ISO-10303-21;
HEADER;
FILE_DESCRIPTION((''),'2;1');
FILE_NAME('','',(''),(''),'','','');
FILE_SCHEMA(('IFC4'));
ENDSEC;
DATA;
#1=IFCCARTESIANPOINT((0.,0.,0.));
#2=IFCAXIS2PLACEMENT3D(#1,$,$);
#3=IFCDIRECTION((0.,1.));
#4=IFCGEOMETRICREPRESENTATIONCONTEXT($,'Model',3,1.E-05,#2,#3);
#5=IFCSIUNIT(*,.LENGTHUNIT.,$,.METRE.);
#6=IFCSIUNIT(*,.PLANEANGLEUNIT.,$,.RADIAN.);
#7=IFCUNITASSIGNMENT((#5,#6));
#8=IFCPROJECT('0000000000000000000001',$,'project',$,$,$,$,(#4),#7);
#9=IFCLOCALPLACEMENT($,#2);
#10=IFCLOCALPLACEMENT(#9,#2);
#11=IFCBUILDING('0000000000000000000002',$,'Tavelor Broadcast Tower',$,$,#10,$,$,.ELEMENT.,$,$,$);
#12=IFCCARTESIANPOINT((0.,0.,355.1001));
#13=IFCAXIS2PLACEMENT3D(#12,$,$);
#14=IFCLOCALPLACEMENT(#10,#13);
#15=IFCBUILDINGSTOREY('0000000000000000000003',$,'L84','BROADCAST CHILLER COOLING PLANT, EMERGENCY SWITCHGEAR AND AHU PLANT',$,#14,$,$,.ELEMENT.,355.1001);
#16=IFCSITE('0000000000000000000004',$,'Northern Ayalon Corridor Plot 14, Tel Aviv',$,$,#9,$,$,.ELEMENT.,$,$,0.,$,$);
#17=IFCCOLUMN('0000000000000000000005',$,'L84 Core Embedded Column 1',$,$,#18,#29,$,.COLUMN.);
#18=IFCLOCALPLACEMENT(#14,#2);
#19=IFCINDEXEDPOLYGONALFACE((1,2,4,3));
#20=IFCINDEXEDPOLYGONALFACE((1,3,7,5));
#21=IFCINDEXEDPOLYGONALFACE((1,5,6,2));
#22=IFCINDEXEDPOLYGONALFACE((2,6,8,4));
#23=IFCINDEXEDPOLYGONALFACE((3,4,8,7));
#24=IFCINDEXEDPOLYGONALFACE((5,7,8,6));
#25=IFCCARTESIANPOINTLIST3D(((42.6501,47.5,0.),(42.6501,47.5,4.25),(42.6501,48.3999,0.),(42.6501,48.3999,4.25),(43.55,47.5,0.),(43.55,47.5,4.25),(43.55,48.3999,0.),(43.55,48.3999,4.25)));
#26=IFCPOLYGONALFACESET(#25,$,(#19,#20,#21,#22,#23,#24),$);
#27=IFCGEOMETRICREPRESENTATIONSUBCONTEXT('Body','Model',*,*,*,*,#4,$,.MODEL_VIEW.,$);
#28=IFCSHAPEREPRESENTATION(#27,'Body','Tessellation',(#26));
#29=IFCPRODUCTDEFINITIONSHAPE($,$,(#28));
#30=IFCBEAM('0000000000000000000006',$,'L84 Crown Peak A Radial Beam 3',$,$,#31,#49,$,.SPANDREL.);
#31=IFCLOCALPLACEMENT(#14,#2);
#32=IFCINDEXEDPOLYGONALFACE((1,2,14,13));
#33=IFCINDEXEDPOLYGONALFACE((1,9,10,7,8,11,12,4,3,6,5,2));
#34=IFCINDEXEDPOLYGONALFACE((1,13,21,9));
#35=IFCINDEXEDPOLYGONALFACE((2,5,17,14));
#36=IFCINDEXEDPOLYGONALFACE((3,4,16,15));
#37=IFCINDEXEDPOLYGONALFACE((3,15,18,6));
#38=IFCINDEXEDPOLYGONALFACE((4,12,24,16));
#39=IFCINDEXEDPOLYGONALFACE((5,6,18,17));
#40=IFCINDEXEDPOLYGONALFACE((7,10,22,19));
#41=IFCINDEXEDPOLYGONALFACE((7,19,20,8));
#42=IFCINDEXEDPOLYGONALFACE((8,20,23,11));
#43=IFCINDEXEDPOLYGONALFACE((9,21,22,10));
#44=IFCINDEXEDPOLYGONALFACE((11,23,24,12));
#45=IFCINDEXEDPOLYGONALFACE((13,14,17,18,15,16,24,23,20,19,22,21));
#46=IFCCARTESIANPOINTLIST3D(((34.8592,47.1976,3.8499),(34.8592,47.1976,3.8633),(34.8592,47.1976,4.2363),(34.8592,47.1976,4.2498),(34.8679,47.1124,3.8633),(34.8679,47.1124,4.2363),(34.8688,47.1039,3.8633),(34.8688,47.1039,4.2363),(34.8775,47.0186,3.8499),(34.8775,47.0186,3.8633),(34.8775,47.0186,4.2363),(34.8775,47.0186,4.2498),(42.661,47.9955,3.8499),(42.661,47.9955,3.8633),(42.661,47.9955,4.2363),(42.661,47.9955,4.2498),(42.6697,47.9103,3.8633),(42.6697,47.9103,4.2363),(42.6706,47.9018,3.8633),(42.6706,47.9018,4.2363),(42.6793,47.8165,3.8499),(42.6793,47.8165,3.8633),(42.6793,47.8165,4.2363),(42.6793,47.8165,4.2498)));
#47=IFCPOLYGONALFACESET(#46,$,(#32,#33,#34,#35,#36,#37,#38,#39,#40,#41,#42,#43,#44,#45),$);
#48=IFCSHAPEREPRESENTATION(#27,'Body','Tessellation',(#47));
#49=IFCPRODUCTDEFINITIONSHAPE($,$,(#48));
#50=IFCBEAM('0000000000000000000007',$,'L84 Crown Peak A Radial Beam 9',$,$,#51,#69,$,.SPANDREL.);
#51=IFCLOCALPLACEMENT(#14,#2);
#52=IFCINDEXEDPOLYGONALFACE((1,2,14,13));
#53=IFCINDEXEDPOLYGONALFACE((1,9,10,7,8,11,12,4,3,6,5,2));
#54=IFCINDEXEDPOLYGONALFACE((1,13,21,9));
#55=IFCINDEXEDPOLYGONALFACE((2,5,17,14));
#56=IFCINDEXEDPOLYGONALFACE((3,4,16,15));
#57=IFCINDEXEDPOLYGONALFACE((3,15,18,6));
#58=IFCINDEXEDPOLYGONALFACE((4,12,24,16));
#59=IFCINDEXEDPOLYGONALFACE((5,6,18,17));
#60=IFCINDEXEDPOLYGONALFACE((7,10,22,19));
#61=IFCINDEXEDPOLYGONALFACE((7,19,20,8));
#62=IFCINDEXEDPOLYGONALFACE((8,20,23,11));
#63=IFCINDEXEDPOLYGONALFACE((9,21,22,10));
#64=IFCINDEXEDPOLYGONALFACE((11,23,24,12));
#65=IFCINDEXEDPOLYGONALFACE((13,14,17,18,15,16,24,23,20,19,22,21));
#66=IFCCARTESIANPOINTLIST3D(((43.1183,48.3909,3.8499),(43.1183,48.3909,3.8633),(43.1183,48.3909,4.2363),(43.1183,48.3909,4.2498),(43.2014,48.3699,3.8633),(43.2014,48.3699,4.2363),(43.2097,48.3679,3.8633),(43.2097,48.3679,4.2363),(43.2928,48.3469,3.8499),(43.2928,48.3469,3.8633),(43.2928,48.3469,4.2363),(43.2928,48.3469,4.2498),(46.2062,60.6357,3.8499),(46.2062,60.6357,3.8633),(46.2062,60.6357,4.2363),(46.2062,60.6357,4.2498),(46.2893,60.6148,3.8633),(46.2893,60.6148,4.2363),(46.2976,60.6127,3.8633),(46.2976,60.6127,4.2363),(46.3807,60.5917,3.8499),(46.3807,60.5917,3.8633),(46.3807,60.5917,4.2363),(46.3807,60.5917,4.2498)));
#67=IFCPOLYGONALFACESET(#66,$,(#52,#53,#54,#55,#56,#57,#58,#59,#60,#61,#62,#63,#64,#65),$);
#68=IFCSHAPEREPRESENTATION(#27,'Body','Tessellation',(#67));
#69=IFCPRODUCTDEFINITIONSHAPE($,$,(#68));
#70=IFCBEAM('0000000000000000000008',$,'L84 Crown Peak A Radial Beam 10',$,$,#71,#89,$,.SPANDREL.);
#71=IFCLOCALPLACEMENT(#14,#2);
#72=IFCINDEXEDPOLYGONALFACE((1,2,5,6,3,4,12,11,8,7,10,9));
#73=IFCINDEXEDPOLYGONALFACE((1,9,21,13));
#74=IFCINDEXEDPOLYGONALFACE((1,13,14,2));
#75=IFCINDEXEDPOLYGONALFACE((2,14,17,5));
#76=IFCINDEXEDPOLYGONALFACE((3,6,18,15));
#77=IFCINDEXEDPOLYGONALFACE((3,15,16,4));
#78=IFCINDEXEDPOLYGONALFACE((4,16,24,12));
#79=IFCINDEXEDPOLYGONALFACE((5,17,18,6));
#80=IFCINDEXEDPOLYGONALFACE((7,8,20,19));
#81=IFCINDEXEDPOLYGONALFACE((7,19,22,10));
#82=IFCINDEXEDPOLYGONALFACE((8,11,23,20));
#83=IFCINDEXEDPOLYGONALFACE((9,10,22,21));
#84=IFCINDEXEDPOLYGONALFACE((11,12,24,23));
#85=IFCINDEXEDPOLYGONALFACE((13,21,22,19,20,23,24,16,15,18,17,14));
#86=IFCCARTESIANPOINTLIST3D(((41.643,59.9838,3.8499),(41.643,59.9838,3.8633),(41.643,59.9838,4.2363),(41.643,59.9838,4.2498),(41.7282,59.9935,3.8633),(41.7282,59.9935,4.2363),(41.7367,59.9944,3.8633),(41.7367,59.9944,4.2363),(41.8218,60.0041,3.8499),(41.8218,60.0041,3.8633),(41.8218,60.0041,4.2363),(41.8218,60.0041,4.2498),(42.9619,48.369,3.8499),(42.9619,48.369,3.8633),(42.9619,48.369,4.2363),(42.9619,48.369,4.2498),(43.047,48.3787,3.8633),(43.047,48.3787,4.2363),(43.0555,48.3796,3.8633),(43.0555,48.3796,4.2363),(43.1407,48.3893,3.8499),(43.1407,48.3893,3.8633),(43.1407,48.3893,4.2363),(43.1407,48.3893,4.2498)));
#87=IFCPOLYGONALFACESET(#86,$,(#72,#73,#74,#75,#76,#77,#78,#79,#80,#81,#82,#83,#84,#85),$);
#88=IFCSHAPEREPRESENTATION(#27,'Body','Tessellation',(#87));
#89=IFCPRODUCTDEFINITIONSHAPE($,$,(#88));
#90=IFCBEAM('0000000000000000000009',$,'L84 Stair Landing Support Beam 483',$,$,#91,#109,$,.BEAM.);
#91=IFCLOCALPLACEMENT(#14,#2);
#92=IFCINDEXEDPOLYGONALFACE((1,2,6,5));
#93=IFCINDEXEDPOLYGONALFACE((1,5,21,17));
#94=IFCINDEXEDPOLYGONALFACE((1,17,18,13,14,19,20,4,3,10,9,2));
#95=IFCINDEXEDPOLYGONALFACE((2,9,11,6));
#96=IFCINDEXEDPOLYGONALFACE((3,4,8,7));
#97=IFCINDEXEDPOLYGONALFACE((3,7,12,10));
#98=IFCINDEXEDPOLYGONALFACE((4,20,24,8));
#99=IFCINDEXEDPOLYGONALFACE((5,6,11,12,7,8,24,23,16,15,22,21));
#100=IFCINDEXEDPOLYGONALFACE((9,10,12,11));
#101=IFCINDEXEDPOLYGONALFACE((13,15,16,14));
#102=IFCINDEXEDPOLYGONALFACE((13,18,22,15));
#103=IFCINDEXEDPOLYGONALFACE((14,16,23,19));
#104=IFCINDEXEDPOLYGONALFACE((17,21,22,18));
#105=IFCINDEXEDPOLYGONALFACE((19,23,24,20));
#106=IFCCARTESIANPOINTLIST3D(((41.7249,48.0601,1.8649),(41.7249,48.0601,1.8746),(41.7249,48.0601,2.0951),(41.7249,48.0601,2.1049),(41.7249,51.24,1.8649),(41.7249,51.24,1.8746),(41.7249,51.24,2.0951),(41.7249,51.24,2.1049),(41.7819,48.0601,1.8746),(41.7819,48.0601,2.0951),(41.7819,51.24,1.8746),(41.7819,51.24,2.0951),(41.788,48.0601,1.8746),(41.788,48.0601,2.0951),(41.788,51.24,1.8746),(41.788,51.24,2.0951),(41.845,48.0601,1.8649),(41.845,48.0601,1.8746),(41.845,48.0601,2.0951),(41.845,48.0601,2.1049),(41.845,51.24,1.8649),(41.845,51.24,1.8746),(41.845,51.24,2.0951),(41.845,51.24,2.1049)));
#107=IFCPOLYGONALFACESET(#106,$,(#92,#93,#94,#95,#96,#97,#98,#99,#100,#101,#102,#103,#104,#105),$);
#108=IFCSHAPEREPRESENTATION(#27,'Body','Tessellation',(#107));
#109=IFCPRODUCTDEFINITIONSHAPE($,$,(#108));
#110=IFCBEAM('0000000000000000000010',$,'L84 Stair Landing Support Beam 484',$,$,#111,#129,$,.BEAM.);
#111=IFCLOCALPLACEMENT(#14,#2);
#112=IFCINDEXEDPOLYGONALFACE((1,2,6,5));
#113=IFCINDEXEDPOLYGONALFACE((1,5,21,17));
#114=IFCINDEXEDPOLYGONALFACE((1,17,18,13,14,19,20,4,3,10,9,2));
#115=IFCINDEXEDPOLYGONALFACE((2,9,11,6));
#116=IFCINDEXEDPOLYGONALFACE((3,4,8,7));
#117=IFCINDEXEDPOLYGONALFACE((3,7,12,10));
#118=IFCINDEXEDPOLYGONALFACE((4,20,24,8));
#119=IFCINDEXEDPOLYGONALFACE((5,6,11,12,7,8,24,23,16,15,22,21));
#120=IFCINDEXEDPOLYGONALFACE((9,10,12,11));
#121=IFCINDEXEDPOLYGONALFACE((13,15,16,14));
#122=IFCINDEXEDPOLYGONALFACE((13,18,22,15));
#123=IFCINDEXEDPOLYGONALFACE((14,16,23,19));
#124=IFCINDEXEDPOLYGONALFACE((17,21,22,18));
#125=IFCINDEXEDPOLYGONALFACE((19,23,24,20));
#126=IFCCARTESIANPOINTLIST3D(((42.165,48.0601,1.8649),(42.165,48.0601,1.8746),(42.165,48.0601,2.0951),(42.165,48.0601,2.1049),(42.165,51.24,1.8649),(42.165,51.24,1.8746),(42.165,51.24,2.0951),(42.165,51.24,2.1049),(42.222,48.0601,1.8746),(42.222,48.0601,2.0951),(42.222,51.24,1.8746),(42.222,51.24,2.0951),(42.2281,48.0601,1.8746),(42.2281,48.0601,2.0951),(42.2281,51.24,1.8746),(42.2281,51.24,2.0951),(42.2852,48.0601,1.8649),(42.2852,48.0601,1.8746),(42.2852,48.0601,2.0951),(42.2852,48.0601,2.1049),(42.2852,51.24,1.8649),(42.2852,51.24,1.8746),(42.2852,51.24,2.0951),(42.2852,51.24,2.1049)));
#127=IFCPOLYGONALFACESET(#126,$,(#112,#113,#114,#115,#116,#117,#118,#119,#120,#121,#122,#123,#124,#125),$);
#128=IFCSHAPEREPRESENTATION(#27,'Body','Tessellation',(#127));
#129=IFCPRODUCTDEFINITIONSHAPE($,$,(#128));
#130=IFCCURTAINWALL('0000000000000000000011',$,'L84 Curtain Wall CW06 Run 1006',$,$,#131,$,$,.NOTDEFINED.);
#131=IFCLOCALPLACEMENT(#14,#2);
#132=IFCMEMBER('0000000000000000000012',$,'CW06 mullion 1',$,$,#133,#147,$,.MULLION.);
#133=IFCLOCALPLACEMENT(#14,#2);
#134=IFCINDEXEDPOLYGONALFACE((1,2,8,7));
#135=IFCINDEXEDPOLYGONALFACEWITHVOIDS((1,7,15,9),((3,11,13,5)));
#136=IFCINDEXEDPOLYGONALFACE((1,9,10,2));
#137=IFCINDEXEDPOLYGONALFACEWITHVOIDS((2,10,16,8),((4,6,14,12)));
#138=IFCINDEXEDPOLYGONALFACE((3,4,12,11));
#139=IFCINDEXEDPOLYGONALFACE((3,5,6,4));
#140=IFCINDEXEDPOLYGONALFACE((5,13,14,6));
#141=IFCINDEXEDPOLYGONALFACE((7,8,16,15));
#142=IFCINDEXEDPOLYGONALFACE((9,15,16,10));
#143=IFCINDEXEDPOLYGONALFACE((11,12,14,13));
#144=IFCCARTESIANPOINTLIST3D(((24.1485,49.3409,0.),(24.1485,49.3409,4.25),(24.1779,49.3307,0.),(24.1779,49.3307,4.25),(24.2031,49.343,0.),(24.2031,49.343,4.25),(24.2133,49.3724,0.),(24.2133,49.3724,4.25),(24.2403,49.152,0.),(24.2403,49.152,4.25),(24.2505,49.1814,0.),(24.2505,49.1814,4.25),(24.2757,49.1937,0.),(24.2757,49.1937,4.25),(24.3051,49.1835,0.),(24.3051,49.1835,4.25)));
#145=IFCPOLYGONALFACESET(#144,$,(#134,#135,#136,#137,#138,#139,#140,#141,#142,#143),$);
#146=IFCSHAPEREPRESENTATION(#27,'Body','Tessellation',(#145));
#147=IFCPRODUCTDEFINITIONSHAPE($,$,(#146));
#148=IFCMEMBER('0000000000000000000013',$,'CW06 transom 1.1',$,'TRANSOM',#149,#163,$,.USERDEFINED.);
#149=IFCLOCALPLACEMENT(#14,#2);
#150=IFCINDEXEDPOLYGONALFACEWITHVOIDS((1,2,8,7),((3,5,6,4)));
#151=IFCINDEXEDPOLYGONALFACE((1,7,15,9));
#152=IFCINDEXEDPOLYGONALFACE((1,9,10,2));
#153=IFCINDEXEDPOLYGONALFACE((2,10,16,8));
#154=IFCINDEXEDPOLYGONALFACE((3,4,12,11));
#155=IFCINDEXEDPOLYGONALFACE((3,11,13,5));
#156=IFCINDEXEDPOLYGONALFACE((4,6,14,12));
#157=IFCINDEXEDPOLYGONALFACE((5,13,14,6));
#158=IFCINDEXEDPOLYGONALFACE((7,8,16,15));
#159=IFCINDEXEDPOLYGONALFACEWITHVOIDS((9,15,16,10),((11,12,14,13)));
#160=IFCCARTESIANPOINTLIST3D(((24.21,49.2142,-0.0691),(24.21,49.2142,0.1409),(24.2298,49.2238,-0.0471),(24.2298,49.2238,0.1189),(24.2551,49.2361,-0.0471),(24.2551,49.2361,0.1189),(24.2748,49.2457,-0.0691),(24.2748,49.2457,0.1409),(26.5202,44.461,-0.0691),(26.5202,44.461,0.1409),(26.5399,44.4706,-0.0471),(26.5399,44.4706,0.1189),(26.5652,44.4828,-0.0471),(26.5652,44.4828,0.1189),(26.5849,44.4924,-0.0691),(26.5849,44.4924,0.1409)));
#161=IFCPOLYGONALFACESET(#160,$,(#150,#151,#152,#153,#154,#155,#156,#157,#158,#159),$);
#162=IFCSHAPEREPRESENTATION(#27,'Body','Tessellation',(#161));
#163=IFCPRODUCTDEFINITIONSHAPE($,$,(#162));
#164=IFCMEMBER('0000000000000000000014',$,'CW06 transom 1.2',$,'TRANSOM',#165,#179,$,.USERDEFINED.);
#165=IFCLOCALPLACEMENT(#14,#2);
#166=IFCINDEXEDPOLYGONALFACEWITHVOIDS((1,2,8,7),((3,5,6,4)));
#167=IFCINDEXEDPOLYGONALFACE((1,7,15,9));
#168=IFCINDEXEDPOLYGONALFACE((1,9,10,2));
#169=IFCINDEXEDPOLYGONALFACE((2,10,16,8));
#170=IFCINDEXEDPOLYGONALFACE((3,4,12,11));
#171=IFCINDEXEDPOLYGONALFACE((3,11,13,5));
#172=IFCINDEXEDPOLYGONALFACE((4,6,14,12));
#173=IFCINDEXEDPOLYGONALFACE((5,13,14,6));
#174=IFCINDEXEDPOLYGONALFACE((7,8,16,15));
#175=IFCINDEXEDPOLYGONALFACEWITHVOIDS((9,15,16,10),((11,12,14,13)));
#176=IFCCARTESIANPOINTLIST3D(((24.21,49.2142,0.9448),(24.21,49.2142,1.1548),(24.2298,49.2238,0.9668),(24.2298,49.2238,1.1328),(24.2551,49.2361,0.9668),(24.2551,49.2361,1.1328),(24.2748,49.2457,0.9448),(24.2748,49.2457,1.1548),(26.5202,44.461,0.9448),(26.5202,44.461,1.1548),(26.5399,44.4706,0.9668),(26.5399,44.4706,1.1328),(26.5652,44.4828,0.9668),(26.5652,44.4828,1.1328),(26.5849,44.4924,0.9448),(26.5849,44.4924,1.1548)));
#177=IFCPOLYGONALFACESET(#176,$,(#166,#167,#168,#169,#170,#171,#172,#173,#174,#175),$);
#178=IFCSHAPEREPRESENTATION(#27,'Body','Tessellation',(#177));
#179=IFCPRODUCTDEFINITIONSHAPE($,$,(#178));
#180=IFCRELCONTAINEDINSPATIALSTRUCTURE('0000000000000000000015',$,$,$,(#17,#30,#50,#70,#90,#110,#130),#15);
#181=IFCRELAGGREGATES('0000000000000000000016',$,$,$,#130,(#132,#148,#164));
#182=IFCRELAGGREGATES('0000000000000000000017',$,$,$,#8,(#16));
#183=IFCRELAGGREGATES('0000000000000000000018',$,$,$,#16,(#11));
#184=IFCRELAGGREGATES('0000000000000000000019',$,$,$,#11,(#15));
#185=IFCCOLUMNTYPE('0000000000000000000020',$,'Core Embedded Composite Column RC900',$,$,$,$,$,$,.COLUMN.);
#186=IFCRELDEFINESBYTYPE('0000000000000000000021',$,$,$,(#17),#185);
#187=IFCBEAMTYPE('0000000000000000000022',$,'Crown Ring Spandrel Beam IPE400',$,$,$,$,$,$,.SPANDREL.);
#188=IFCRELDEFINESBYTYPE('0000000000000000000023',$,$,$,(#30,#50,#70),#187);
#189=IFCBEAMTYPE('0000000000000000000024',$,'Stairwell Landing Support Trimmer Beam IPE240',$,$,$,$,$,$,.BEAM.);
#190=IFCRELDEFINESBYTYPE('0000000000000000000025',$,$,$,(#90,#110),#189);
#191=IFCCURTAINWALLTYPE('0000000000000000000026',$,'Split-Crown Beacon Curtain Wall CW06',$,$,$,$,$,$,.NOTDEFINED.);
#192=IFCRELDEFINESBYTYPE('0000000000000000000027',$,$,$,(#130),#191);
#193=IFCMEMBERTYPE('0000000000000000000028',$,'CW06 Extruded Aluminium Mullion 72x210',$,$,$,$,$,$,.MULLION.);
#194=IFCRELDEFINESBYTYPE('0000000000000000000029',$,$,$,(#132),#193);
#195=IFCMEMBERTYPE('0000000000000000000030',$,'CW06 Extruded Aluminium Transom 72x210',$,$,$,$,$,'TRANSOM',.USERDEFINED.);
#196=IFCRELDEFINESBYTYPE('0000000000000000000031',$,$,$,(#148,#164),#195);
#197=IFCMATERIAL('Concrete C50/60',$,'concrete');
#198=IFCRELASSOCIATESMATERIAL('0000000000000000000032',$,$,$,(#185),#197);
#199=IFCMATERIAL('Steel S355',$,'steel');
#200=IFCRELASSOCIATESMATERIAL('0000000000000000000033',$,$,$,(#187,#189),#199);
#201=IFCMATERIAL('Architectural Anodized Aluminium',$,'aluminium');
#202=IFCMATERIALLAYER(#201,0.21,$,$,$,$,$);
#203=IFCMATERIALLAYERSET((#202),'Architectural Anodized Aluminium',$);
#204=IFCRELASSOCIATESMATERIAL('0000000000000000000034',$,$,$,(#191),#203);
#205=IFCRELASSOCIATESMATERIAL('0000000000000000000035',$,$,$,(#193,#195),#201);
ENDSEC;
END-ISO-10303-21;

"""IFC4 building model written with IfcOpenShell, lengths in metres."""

from ifc_helpers import new_model, si_unit, direction, frame, origin, origin_2d, place, context, subcontext, project, spatial, rectangle, hollow_rectangle, i_section, extrude, source, transform, mapped, material, layer, layer_set, material_profile, profile_set, type_object, type_shapes, element, aggregate, save


model = new_model("IFC4")

# Units and contexts
model_context = context("Model", 3, precision=1e-05, world=origin(), true_north=direction((0.0, 1.0)))
body_context = subcontext(model_context, "Body", "Model", "MODEL_VIEW")
ifc_project = project(units=[si_unit("LENGTHUNIT", "METRE"), si_unit("PLANEANGLEUNIT", "RADIAN")], contexts=[model_context])

# Site, building, storey
site_placement = place(None, origin())
site = spatial("IfcSite", under=ifc_project, at=site_placement, Name="Northern Ayalon Corridor Plot 14, Tel Aviv", CompositionType="ELEMENT", RefElevation=0.0)
building_placement = place(site_placement, origin())
building = spatial("IfcBuilding", under=site, at=building_placement, Name="Tavelor Broadcast Tower", CompositionType="ELEMENT")
storey_placement = place(building_placement, frame((0.0, 0.0, 355.1001)))
storey = spatial("IfcBuildingStorey", under=building, at=storey_placement, Name="L84", Description="BROADCAST CHILLER COOLING PLANT, EMERGENCY SWITCHGEAR AND AHU PLANT", CompositionType="ELEMENT", Elevation=355.1001)

# Column
ifc_material_1 = material(Name="Concrete C50/60", Category="concrete")
ifc_material_profile_1 = material_profile(ifc_material_1, rectangle(XDim=0.8999, YDim=0.8999, at=origin_2d()), Name="RC 900x900")
ifc_profile_set_1 = profile_set([ifc_material_profile_1], Name="Concrete C50/60")
column_type = type_object("IfcColumnType", Name="Core Embedded Composite Column RC900", PredefinedType="COLUMN", material=ifc_profile_set_1)
column_placement = place(storey_placement, frame((43.1001, 47.95, 0.0), z_axis=(0.0, 0.0, 1.0), x_axis=(1.0, 0.0, 0.0)))
element("IfcColumn", 1, at=column_placement, inside=storey, type_object=column_type, Name="L84 Core Embedded Column 1", PredefinedType="COLUMN", context=body_context, shape_type="SweptSolid", body=[
    extrude(rectangle(XDim=0.8999, YDim=0.8999, at=origin_2d()), origin(), (0.0, 0.0, 1.0), 4.25),
])

# Beams
ifc_material_2 = material(Name="Steel S355", Category="steel")
ifc_material_profile_2 = material_profile(ifc_material_2, i_section(OverallWidth=0.1799, OverallDepth=0.3999, WebThickness=0.0085, FlangeThickness=0.0134, at=origin_2d()), Name="IPE 400")
ifc_profile_set_2 = profile_set([ifc_material_profile_2], Name="Steel S355")
beam_type_1 = type_object("IfcBeamType", Name="Crown Ring Spandrel Beam IPE400", PredefinedType="SPANDREL", material=ifc_profile_set_2)
beam_1_placement = place(storey_placement, frame((42.6702, 47.906, 4.0498), z_axis=(-0.994812, -0.101735, 0.0), x_axis=(0.101735, -0.994812, 0.0)))
element("IfcBeam", 2, at=beam_1_placement, inside=storey, type_object=beam_type_1, Name="L84 Crown Peak A Radial Beam 3", PredefinedType="SPANDREL", context=body_context, shape_type="SweptSolid", body=[
    extrude(i_section(OverallWidth=0.1799, OverallDepth=0.3999, WebThickness=0.0085, FlangeThickness=0.0134, at=origin_2d()), origin(), (0.0, 0.0, 1.0), 7.8425),
])
beam_2_placement = place(storey_placement, frame((43.2056, 48.3689, 4.0498), z_axis=(0.244523, 0.969643, 0.0), x_axis=(-0.969643, 0.244523, 0.0)))
element("IfcBeam", 3, at=beam_2_placement, inside=storey, type_object=beam_type_1, Name="L84 Crown Peak A Radial Beam 9", PredefinedType="SPANDREL", context=body_context, shape_type="SweptSolid", body=[
    extrude(i_section(OverallWidth=0.1799, OverallDepth=0.3999, WebThickness=0.0085, FlangeThickness=0.0134, at=origin_2d()), origin(), (0.0, 0.0, 1.0), 12.6282),
])
beam_3_placement = place(storey_placement, frame((43.0513, 48.3792, 4.0498), z_axis=(-0.112824, 0.993615, 0.0), x_axis=(-0.993615, -0.112824, 0.0)))
element("IfcBeam", 4, at=beam_3_placement, inside=storey, type_object=beam_type_1, Name="L84 Crown Peak A Radial Beam 10", PredefinedType="SPANDREL", context=body_context, shape_type="SweptSolid", body=[
    extrude(i_section(OverallWidth=0.1799, OverallDepth=0.3999, WebThickness=0.0085, FlangeThickness=0.0134, at=origin_2d()), origin(), (0.0, 0.0, 1.0), 11.6895),
])
ifc_material_profile_3 = material_profile(ifc_material_2, i_section(OverallWidth=0.1201, OverallDepth=0.24, WebThickness=0.0061, FlangeThickness=0.0098, at=origin_2d()), Name="IPE 240")
ifc_profile_set_3 = profile_set([ifc_material_profile_3], Name="Steel S355")
beam_type_2 = type_object("IfcBeamType", Name="Stairwell Landing Support Trimmer Beam IPE240", PredefinedType="BEAM", material=ifc_profile_set_3)
for number, where, z_axis, x_axis, name in (
    (5, (41.7849, 48.0601, 1.9849), (0.0, 1.0, 0.0), (-1.0, 0.0, 0.0), "L84 Stair Landing Support Beam 483"),
    (6, (42.2251, 48.0601, 1.9849), (0.0, 1.0, 0.0), (-1.0, 0.0, 0.0), "L84 Stair Landing Support Beam 484"),
):
    element("IfcBeam", number, at=place(storey_placement, frame(where, z_axis=z_axis, x_axis=x_axis)), inside=storey, type_object=beam_type_2, Name=name, PredefinedType="BEAM", context=body_context, shape_type="SweptSolid", body=[
        extrude(i_section(OverallWidth=0.1201, OverallDepth=0.24, WebThickness=0.0061, FlangeThickness=0.0098, at=origin_2d()), origin(), (0.0, 0.0, 1.0), 3.1799),
    ])

# Curtain wall, members
ifc_material_3 = material(Name="Architectural Anodized Aluminium", Category="aluminium")
ifc_layer_1 = layer(ifc_material_3, 0.21)
ifc_layer_set_1 = layer_set([ifc_layer_1], Name="Architectural Anodized Aluminium")
curtain_wall_type = type_object("IfcCurtainWallType", Name="Split-Crown Beacon Curtain Wall CW06", PredefinedType="NOTDEFINED", material=ifc_layer_set_1)
curtain_wall_placement = place(storey_placement, origin())
curtain_wall = element("IfcCurtainWall", 7, at=curtain_wall_placement, inside=storey, type_object=curtain_wall_type, Name="L84 Curtain Wall CW06 Run 1006", PredefinedType="NOTDEFINED")
ifc_material_profile_4 = material_profile(ifc_material_3, hollow_rectangle(XDim=0.072, YDim=0.21, WallThickness=0.022, at=origin_2d()), Name="RHS 72x210x22")
ifc_profile_set_4 = profile_set([ifc_material_profile_4], Name="Architectural Anodized Aluminium")
member_type_1 = type_object("IfcMemberType", Name="CW06 Extruded Aluminium Mullion 72x210", PredefinedType="MULLION", material=ifc_profile_set_4)
shared_shape_1 = source(origin(), body_context, "Body", "SweptSolid", [
    extrude(hollow_rectangle(XDim=0.072, YDim=0.21, WallThickness=0.022, at=origin_2d()), origin(), (0.0, 0.0, 1.0), 4.25),
])
type_shapes(member_type_1, [shared_shape_1])
member_1_placement = place(storey_placement, frame((24.2268, 49.2622, 0.0), z_axis=(0.0, 0.0, 1.0), x_axis=(0.899407, 0.437113, 0.0)))
member_1 = element("IfcMember", 8, at=member_1_placement, type_object=member_type_1, Name="CW06 mullion 1", PredefinedType="MULLION", context=body_context, shape_type="MappedRepresentation", body=[
    mapped(shared_shape_1, transform((0.0, 0.0, 0.0), scale=1.0)),
])
ifc_material_profile_5 = material_profile(ifc_material_3, hollow_rectangle(XDim=0.072, YDim=0.21, WallThickness=0.022, at=origin_2d()), Name="RHS 72x210x22")
ifc_profile_set_5 = profile_set([ifc_material_profile_5], Name="Architectural Anodized Aluminium")
member_type_2 = type_object("IfcMemberType", Name="CW06 Extruded Aluminium Transom 72x210", ElementType="TRANSOM", PredefinedType="USERDEFINED", material=ifc_profile_set_5)
shared_shape_2 = source(origin(), body_context, "Body", "SweptSolid", [
    extrude(hollow_rectangle(XDim=0.072, YDim=0.21, WallThickness=0.022, at=origin_2d()), origin(), (0.0, 0.0, 1.0), 5.2849),
])
type_shapes(member_type_2, [shared_shape_2])
member_2_placement = place(storey_placement, frame((24.2424, 49.23, 0.0359), z_axis=(0.437114, -0.899406, 0.0), x_axis=(0.899406, 0.437114, 0.0)))
member_2 = element("IfcMember", 9, at=member_2_placement, type_object=member_type_2, Name="CW06 transom 1.1", ObjectType="TRANSOM", PredefinedType="USERDEFINED", context=body_context, shape_type="MappedRepresentation", body=[
    mapped(shared_shape_2, transform((0.0, 0.0, 0.0), scale=1.0)),
])
member_3_placement = place(storey_placement, frame((24.2424, 49.23, 1.0498), z_axis=(0.437114, -0.899406, 0.0), x_axis=(0.899406, 0.437114, 0.0)))
member_3 = element("IfcMember", 10, at=member_3_placement, type_object=member_type_2, Name="CW06 transom 1.2", ObjectType="TRANSOM", PredefinedType="USERDEFINED", context=body_context, shape_type="MappedRepresentation", body=[
    mapped(shared_shape_2, transform((0.0, 0.0, 0.0), scale=1.0)),
])
aggregate(curtain_wall, [member_1, member_2, member_3])

save(model, "model.ifc")
